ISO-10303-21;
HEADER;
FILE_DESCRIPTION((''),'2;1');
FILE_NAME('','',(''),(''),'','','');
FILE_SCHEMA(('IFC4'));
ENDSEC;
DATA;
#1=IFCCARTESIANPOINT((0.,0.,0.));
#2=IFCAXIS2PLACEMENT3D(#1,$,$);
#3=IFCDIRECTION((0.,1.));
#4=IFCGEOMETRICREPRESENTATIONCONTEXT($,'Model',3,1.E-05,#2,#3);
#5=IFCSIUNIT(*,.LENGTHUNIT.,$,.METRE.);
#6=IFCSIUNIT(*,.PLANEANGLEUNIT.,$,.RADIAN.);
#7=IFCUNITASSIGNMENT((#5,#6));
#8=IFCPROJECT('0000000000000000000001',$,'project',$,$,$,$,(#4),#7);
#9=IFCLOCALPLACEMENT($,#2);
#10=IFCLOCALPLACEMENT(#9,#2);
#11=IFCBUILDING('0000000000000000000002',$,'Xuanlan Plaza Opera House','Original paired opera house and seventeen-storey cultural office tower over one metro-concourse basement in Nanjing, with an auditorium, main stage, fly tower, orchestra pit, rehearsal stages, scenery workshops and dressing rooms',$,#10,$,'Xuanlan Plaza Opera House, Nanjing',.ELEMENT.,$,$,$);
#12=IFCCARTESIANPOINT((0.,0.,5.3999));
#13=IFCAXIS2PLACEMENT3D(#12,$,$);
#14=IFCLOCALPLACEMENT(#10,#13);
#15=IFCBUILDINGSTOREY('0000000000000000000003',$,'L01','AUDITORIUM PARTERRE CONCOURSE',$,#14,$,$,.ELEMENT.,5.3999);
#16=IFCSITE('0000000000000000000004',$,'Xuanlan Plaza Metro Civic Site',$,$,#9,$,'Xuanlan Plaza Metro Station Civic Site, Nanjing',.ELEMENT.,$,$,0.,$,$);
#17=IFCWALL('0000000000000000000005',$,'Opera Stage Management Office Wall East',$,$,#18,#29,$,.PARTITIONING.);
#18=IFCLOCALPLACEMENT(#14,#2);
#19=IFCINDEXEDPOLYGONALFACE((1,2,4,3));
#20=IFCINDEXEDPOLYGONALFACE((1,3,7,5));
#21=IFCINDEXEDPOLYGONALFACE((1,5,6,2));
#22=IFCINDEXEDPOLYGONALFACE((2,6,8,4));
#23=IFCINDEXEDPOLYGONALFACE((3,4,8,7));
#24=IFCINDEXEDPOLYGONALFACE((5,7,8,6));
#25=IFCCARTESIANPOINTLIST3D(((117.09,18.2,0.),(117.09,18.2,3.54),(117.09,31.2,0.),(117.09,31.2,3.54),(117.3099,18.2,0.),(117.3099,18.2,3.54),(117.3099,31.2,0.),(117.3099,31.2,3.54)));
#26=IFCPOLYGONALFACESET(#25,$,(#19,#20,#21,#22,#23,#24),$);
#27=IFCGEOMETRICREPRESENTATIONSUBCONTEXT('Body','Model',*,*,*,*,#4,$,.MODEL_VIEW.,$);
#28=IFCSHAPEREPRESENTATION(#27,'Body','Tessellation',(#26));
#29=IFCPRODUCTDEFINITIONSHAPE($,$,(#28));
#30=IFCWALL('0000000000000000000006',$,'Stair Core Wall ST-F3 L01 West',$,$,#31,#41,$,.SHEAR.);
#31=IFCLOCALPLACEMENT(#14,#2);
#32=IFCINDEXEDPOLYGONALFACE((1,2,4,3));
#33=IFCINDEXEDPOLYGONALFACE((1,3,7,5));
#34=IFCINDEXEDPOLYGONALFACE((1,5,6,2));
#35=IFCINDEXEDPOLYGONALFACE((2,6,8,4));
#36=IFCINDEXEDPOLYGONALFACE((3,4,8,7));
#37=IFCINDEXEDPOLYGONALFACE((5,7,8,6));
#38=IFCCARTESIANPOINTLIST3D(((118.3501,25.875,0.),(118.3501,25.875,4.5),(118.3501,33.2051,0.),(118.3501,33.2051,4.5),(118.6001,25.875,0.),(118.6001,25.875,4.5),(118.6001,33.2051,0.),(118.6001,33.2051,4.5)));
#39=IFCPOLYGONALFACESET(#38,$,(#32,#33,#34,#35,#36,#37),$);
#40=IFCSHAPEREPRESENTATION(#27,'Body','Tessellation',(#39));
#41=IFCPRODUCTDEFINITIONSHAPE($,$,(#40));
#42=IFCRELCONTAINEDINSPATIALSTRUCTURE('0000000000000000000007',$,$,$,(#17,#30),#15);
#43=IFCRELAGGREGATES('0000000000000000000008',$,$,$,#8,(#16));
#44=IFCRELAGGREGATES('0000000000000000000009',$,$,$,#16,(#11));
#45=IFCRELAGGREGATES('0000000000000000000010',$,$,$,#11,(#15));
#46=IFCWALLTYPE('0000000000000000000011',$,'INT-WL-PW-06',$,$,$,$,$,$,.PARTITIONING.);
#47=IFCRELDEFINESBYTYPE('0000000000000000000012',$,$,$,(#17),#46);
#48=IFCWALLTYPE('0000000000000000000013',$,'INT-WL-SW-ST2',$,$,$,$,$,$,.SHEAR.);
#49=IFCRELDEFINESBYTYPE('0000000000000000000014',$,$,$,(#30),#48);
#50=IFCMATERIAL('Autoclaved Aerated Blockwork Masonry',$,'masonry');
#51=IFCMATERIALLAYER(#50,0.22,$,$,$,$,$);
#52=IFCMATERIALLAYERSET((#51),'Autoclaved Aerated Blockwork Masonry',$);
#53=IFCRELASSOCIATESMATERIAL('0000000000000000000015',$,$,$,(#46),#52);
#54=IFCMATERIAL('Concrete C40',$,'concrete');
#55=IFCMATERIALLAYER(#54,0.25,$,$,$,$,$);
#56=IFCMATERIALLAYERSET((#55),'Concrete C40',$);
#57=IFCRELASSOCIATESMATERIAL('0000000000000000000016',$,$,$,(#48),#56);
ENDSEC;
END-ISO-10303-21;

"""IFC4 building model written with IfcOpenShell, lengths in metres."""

from ifc_helpers import new_model, si_unit, direction, frame, frame_2d, origin, place, context, subcontext, project, spatial, rectangle, extrude, material, layer, layer_set, type_object, element, save


model = new_model("IFC4")

# Units and contexts
model_context = context("Model", 3, precision=1e-05, world=origin(), true_north=direction((0.0, 1.0)))
body_context = subcontext(model_context, "Body", "Model", "MODEL_VIEW")
ifc_project = project(units=[si_unit("LENGTHUNIT", "METRE"), si_unit("PLANEANGLEUNIT", "RADIAN")], contexts=[model_context])

# Site, building, storey
site_placement = place(None, origin())
site = spatial("IfcSite", under=ifc_project, at=site_placement, Name="Xuanlan Plaza Metro Civic Site", LongName="Xuanlan Plaza Metro Station Civic Site, Nanjing", CompositionType="ELEMENT", RefElevation=0.0)
building_placement = place(site_placement, origin())
building = spatial("IfcBuilding", under=site, at=building_placement, Name="Xuanlan Plaza Opera House", Description="Original paired opera house and seventeen-storey cultural office tower over one metro-concourse basement in Nanjing, with an auditorium, main stage, fly tower, orchestra pit, rehearsal stages, scenery workshops and dressing rooms", LongName="Xuanlan Plaza Opera House, Nanjing", CompositionType="ELEMENT")
storey_placement = place(building_placement, frame((0.0, 0.0, 5.3999)))
storey = spatial("IfcBuildingStorey", under=building, at=storey_placement, Name="L01", Description="AUDITORIUM PARTERRE CONCOURSE", CompositionType="ELEMENT", Elevation=5.3999)

# Shared definitions
ifc_material_1 = material(Name="Concrete C40", Category="concrete")

# Wall
ifc_material_2 = material(Name="Autoclaved Aerated Blockwork Masonry", Category="masonry")
ifc_layer_1 = layer(ifc_material_2, 0.22)
ifc_layer_set_1 = layer_set([ifc_layer_1], Name="Autoclaved Aerated Blockwork Masonry")
wall_type_1 = type_object("IfcWallType", Name="INT-WL-PW-06", PredefinedType="PARTITIONING", material=ifc_layer_set_1)
wall_1_placement = place(storey_placement, frame((117.2, 18.2, 0.0), z_axis=(0.0, 0.0, 1.0), x_axis=(0.0, 1.0, 0.0)))
element("IfcWall", 1, at=wall_1_placement, inside=storey, type_object=wall_type_1, Name="Opera Stage Management Office Wall East", PredefinedType="PARTITIONING", context=body_context, shape_type="SweptSolid", body=[
    extrude(rectangle(XDim=13.0, YDim=0.22, at=frame_2d((6.5, 0.0))), origin(), (0.0, 0.0, 1.0), 3.54),
])

# Shared definitions
ifc_layer_2 = layer(ifc_material_1, 0.25)
ifc_layer_set_2 = layer_set([ifc_layer_2], Name="Concrete C40")
wall_type_2 = type_object("IfcWallType", Name="INT-WL-SW-ST2", PredefinedType="SHEAR", material=ifc_layer_set_2)

# Wall
wall_2_placement = place(storey_placement, frame((118.4751, 25.875, 0.0), z_axis=(0.0, 0.0, 1.0), x_axis=(0.0, 1.0, 0.0)))
element("IfcWall", 2, at=wall_2_placement, inside=storey, type_object=wall_type_2, Name="Stair Core Wall ST-F3 L01 West", PredefinedType="SHEAR", context=body_context, shape_type="SweptSolid", body=[
    extrude(rectangle(XDim=7.3301, YDim=0.25, at=frame_2d((3.665, 0.0))), origin(), (0.0, 0.0, 1.0), 4.5),
])

save(model, "model.ifc")
